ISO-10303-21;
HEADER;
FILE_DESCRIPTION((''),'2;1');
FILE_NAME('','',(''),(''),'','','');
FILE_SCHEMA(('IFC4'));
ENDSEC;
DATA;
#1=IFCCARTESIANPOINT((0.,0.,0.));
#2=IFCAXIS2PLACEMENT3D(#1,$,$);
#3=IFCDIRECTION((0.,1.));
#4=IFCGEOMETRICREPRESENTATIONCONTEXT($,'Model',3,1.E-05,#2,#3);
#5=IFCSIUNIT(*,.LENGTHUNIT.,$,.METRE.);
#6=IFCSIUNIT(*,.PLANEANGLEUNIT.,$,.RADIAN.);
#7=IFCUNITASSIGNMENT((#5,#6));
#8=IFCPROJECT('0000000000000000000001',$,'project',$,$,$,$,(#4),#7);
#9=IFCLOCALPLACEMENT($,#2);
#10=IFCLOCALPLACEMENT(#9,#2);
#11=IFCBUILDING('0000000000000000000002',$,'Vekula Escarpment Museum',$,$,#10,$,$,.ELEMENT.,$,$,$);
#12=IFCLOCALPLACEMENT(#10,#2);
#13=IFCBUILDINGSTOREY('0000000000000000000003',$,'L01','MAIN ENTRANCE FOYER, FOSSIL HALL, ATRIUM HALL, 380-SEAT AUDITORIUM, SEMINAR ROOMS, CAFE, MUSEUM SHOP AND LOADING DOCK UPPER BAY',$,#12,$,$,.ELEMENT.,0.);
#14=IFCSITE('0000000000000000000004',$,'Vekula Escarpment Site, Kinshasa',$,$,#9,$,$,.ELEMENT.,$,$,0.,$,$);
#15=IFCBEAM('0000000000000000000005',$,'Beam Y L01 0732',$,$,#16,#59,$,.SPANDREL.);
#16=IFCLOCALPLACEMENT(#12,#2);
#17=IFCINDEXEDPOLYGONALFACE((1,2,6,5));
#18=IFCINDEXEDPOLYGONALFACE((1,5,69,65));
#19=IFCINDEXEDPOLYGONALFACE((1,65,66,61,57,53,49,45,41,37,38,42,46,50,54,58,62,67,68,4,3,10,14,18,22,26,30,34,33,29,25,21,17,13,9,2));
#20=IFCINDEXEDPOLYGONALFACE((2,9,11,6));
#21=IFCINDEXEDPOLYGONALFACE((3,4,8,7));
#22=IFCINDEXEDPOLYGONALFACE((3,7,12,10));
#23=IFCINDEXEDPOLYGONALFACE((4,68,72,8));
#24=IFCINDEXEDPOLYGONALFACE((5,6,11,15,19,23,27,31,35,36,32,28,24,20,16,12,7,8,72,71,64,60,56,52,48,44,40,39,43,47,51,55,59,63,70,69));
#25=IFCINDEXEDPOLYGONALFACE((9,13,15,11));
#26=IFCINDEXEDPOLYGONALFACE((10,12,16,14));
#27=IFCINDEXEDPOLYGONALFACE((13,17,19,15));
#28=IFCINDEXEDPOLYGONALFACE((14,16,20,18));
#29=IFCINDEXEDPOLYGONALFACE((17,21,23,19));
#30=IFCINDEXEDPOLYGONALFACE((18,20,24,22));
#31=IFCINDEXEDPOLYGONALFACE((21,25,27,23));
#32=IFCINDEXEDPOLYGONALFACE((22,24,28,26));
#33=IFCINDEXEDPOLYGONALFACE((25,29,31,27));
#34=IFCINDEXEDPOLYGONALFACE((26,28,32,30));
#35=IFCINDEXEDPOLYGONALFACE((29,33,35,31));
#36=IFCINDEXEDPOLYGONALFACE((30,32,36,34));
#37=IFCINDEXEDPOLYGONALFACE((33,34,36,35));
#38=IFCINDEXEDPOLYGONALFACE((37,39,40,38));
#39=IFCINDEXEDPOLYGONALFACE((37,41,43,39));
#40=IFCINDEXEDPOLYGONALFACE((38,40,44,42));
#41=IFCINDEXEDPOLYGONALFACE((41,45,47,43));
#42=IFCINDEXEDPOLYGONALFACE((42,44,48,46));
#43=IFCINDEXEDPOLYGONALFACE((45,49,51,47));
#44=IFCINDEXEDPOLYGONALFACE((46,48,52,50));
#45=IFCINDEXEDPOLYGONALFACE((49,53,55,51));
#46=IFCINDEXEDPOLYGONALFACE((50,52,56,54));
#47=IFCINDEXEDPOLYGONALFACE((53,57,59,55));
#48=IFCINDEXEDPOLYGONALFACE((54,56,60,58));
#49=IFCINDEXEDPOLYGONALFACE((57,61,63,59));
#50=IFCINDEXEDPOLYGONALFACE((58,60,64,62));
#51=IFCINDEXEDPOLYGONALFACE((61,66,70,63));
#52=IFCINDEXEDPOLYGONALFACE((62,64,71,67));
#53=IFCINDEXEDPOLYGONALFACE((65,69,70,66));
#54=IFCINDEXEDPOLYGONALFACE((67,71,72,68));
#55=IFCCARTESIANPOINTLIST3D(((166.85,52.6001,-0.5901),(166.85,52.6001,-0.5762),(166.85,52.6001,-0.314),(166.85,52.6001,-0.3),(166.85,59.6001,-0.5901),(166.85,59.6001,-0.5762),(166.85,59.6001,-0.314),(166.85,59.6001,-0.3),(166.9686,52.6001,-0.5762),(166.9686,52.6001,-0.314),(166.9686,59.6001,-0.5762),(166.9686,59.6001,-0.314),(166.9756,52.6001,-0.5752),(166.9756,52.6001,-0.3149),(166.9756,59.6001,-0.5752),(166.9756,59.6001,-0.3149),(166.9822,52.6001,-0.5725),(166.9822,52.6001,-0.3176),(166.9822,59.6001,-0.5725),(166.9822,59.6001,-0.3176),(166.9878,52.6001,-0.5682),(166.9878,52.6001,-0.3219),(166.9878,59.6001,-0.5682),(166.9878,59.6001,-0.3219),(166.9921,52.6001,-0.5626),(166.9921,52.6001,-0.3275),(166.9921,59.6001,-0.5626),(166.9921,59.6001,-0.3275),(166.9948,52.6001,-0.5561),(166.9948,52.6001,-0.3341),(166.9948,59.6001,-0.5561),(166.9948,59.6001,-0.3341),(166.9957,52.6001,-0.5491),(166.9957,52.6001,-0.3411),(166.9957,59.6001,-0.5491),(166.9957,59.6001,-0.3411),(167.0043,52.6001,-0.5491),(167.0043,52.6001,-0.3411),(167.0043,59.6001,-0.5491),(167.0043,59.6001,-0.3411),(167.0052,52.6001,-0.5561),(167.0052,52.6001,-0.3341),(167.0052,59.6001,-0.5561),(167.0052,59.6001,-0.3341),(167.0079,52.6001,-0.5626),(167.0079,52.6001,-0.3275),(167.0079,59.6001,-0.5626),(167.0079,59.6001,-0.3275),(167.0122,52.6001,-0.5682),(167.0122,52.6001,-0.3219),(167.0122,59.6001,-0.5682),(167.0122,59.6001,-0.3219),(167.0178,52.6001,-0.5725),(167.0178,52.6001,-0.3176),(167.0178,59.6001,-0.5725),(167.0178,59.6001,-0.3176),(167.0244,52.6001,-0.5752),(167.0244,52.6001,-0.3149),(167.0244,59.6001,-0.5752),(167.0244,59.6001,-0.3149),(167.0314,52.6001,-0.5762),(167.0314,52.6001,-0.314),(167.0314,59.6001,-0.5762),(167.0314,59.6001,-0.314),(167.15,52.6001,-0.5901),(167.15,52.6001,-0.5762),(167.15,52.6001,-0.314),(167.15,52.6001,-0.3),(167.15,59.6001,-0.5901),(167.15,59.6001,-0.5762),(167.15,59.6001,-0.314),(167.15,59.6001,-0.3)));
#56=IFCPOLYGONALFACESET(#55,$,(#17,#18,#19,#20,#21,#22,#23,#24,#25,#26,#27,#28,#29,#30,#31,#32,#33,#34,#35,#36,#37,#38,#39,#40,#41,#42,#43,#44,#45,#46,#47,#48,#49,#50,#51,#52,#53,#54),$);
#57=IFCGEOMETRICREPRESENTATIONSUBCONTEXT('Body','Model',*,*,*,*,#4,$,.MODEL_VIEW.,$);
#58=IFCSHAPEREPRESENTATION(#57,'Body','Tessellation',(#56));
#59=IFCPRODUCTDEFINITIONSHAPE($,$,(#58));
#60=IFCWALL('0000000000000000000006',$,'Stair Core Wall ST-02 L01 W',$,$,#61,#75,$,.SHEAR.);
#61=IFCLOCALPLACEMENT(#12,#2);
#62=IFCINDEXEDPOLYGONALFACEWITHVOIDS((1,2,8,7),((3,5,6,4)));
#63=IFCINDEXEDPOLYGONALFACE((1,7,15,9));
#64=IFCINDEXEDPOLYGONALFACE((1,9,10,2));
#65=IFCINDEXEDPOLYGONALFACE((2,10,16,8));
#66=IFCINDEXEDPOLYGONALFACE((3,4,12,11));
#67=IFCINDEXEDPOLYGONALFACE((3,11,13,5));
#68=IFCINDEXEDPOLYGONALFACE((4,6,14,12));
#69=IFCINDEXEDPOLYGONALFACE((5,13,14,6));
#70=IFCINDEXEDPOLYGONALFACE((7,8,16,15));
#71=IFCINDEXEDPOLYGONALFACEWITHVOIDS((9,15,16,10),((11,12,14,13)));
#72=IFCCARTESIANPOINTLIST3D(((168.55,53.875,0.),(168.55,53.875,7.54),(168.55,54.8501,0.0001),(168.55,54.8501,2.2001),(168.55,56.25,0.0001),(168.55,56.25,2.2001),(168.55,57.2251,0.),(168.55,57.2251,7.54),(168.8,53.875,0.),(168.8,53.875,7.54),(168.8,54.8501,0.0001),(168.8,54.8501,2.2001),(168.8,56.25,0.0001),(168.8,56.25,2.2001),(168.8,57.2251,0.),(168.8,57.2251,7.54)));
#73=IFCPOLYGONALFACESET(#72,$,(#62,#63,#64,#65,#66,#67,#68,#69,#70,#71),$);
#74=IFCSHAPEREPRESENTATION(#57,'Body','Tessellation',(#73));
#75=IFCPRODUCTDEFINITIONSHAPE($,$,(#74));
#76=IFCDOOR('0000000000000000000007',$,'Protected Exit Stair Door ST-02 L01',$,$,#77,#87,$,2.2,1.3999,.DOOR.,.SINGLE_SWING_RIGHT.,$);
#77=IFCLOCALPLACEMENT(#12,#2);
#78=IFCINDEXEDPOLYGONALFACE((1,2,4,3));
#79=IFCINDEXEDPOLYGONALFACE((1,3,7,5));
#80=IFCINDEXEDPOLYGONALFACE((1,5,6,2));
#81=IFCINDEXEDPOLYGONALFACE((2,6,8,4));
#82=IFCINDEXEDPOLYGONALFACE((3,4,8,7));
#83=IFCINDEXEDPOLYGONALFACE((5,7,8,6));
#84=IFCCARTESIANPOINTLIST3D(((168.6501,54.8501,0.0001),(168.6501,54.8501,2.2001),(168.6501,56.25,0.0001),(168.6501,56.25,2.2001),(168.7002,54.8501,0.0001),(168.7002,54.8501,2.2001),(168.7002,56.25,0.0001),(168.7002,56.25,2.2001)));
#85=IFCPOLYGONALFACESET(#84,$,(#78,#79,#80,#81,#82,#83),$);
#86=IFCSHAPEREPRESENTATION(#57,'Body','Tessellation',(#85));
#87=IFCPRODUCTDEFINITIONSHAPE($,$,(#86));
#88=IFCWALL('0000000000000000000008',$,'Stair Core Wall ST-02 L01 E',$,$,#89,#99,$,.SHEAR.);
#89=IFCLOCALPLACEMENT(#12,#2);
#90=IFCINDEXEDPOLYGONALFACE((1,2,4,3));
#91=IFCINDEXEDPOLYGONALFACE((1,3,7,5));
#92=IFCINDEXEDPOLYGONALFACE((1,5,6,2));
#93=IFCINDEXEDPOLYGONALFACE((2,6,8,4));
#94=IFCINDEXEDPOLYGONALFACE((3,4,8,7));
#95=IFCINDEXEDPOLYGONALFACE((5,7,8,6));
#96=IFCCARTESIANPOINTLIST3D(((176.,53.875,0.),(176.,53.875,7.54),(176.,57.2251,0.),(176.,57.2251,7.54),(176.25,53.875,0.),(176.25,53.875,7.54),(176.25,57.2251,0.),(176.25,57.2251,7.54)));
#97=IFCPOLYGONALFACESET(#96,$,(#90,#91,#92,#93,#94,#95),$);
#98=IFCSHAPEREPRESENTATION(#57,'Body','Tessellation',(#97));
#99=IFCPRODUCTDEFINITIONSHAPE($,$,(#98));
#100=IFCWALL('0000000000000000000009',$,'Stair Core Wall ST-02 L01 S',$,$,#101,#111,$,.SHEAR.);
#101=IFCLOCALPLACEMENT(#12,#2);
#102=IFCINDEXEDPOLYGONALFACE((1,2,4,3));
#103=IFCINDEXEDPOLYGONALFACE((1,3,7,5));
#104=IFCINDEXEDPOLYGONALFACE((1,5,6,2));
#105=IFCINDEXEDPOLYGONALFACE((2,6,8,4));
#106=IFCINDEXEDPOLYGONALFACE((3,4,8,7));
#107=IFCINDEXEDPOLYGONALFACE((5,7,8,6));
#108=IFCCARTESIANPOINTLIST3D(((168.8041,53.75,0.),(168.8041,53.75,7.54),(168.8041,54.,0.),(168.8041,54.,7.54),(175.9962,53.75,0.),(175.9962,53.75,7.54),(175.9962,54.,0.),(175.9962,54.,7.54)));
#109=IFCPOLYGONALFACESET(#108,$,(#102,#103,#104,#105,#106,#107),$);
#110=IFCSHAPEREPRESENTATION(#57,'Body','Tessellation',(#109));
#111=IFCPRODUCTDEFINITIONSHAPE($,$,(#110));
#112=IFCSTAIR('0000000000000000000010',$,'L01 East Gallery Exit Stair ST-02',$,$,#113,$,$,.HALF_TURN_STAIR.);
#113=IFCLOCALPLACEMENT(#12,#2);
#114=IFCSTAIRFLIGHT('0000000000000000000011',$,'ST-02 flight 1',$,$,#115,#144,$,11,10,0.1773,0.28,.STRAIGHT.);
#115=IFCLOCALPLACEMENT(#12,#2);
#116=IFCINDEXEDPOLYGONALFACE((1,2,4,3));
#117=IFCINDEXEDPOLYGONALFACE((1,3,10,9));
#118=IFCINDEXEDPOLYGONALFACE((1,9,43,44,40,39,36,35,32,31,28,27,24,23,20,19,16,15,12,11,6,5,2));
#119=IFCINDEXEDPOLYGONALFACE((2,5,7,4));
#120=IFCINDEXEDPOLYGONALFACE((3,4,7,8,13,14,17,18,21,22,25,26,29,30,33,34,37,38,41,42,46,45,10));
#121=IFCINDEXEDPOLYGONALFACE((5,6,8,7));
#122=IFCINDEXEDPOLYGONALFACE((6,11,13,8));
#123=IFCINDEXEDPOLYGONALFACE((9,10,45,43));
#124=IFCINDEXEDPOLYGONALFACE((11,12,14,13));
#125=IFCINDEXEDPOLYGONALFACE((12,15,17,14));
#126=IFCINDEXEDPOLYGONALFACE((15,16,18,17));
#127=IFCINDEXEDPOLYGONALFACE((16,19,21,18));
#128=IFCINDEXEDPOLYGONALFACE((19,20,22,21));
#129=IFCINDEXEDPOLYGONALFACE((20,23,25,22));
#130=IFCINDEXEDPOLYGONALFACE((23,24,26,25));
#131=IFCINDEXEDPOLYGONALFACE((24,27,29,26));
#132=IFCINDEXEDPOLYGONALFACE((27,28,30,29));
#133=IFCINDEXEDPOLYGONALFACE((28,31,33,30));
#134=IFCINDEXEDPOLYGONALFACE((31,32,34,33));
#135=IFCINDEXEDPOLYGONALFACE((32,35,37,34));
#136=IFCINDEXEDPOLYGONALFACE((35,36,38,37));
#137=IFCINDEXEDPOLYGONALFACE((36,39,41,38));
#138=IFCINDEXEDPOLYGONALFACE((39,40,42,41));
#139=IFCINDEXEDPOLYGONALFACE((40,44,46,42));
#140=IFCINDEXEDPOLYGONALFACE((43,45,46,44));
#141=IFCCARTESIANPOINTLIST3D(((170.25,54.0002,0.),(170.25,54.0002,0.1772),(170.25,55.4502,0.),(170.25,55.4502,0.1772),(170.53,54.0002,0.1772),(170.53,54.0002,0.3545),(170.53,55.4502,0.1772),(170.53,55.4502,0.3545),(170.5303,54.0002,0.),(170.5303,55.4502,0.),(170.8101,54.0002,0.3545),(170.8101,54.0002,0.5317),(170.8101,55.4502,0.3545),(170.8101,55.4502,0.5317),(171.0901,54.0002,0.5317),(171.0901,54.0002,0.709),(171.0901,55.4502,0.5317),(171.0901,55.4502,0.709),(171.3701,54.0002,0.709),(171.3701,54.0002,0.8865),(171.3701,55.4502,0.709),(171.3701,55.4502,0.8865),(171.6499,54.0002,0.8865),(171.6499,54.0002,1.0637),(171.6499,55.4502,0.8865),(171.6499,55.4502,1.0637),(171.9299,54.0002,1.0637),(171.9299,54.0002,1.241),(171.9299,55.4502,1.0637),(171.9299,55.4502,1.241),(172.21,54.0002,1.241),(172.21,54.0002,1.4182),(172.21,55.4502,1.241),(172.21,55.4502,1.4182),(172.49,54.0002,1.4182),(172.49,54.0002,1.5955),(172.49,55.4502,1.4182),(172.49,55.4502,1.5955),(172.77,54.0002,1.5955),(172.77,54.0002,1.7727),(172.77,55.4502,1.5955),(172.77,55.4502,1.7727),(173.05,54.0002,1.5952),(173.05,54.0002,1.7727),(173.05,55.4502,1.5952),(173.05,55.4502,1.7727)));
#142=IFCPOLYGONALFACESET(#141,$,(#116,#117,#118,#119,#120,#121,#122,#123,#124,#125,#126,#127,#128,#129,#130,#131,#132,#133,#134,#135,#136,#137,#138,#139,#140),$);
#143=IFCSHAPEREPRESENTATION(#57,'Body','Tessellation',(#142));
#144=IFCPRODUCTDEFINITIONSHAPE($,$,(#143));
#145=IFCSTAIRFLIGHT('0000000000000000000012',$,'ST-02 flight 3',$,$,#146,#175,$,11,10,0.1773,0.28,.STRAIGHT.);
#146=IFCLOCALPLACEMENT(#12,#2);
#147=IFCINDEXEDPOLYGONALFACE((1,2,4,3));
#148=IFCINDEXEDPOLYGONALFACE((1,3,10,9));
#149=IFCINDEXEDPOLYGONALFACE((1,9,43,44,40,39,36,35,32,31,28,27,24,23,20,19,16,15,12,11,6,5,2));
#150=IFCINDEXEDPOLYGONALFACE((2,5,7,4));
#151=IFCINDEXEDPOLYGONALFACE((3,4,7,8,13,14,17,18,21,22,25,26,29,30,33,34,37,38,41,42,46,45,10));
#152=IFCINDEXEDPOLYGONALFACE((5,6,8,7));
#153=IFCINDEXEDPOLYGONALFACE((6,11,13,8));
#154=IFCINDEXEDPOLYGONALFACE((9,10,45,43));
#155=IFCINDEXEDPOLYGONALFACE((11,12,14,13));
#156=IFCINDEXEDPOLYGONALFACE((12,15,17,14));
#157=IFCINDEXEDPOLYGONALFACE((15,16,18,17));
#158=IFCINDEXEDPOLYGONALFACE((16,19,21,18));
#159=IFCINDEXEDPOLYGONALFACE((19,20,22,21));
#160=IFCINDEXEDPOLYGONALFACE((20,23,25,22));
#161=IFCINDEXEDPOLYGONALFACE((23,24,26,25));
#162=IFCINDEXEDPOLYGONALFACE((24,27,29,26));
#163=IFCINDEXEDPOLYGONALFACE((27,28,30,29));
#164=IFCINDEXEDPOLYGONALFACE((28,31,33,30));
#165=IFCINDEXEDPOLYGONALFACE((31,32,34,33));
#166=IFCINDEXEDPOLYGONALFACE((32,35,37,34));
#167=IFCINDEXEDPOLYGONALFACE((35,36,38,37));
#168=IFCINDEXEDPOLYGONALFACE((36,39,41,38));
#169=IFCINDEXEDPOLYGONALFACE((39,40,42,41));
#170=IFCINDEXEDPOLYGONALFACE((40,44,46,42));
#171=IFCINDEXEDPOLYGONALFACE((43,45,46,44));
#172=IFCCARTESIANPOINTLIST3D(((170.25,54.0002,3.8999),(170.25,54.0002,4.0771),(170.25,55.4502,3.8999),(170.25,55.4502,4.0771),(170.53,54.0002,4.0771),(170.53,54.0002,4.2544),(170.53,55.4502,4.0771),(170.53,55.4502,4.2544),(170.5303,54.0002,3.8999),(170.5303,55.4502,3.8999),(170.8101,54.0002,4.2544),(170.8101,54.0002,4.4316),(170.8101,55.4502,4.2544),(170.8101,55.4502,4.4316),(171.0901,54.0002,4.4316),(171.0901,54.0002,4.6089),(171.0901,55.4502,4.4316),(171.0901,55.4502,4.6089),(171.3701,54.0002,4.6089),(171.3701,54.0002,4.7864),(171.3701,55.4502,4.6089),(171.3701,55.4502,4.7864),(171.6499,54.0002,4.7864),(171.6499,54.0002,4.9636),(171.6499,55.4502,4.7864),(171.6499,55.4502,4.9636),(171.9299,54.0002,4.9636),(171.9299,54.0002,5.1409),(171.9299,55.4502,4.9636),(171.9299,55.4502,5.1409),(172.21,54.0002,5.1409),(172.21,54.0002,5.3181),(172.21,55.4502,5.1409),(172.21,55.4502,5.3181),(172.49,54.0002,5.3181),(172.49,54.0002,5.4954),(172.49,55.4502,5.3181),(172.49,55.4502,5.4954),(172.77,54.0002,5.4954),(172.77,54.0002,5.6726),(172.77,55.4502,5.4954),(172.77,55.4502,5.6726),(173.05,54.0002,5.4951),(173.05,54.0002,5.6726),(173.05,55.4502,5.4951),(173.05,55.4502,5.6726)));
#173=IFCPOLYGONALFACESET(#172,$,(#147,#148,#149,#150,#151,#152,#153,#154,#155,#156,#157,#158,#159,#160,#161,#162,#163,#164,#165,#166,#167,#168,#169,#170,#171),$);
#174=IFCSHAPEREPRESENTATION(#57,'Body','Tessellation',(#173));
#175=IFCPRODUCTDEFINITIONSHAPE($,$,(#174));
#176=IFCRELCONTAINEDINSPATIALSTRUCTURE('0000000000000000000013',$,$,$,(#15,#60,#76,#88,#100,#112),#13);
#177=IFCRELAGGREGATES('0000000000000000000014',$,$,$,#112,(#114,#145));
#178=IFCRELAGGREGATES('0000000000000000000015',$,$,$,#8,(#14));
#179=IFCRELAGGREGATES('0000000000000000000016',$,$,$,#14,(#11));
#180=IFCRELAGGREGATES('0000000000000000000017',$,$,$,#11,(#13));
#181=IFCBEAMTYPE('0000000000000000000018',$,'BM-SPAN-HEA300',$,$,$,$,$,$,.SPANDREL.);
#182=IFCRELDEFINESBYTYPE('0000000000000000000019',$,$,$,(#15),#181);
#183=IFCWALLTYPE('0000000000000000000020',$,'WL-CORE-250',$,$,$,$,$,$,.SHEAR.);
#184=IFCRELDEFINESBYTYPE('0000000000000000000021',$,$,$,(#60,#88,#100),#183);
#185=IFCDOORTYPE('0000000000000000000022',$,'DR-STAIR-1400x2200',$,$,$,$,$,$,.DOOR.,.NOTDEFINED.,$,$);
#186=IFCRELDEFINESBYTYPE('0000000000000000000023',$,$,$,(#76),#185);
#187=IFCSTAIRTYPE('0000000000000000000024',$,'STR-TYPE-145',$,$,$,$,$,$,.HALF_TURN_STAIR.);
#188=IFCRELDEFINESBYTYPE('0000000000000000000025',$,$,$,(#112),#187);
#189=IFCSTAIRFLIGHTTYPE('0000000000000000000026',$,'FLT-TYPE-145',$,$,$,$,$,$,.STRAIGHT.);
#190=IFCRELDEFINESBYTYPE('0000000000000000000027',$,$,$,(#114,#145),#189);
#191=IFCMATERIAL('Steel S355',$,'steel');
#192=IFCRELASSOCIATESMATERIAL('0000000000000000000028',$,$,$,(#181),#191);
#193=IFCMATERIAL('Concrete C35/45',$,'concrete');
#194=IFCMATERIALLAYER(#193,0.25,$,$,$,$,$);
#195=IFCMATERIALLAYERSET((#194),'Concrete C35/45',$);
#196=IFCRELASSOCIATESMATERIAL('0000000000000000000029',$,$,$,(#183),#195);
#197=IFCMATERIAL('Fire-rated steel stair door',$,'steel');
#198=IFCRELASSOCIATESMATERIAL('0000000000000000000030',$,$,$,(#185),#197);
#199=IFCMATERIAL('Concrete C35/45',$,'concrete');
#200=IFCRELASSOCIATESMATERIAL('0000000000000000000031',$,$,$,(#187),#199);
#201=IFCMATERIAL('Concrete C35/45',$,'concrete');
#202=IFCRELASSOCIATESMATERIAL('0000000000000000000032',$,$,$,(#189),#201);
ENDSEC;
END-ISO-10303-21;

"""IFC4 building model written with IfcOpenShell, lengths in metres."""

from ifc_helpers import new_model, si_unit, direction, frame, frame_2d, origin, origin_2d, place, context, subcontext, project, spatial, polyline, rectangle, i_section, outline, extrude, material, layer, layer_set, material_profile, profile_set, type_object, element, fill, aggregate, save


model = new_model("IFC4")

# Units and contexts
model_context = context("Model", 3, precision=1e-05, world=origin(), true_north=direction((0.0, 1.0)))
body_context = subcontext(model_context, "Body", "Model", "MODEL_VIEW")
ifc_project = project(units=[si_unit("LENGTHUNIT", "METRE"), si_unit("PLANEANGLEUNIT", "RADIAN")], contexts=[model_context])

# Site, building, storey
site_placement = place(None, origin())
site = spatial("IfcSite", under=ifc_project, at=site_placement, Name="Vekula Escarpment Site, Kinshasa", CompositionType="ELEMENT", RefElevation=0.0)
building_placement = place(site_placement, origin())
building = spatial("IfcBuilding", under=site, at=building_placement, Name="Vekula Escarpment Museum", CompositionType="ELEMENT")
storey_placement = place(building_placement, origin())
storey = spatial("IfcBuildingStorey", under=building, at=storey_placement, Name="L01", Description="MAIN ENTRANCE FOYER, FOSSIL HALL, ATRIUM HALL, 380-SEAT AUDITORIUM, SEMINAR ROOMS, CAFE, MUSEUM SHOP AND LOADING DOCK UPPER BAY", CompositionType="ELEMENT", Elevation=0.0)

# Beam
ifc_material_1 = material(Name="Steel S355", Category="steel")
ifc_material_profile_1 = material_profile(ifc_material_1, i_section(OverallWidth=0.3, OverallDepth=0.29, WebThickness=0.0085, FlangeThickness=0.0139, FilletRadius=0.0271, at=origin_2d()), Name="HEA 300")
ifc_profile_set_1 = profile_set([ifc_material_profile_1], Name="Steel S355")
beam_type_1 = type_object("IfcBeamType", Name="BM-SPAN-HEA300", PredefinedType="SPANDREL", material=ifc_profile_set_1)
beam_1_placement = place(storey_placement, frame((167.0, 52.6001, -0.4451), z_axis=(0.0, 1.0, 0.0), x_axis=(-1.0, 0.0, 0.0)))
element("IfcBeam", 1, at=beam_1_placement, inside=storey, type_object=beam_type_1, Name="Beam Y L01 0732", PredefinedType="SPANDREL", context=body_context, shape_type="SweptSolid", body=[
    extrude(i_section(OverallWidth=0.3, OverallDepth=0.29, WebThickness=0.0085, FlangeThickness=0.0139, FilletRadius=0.0271, at=origin_2d()), origin(), (0.0, 0.0, 1.0), 7.0),
])

# Wall, opening, door
ifc_material_2 = material(Name="Concrete C35/45", Category="concrete")
ifc_layer_1 = layer(ifc_material_2, 0.25)
ifc_layer_set_1 = layer_set([ifc_layer_1], Name="Concrete C35/45")
wall_type_1 = type_object("IfcWallType", Name="WL-CORE-250", PredefinedType="SHEAR", material=ifc_layer_set_1)
wall_1_placement = place(storey_placement, frame((168.675, 53.875, 0.0), z_axis=(0.0, 0.0, 1.0), x_axis=(0.0, 1.0, 0.0)))
wall_1 = element("IfcWall", 2, at=wall_1_placement, inside=storey, type_object=wall_type_1, Name="Stair Core Wall ST-02 L01 W", PredefinedType="SHEAR", context=body_context, shape_type="SweptSolid", body=[
    extrude(rectangle(XDim=3.3501, YDim=0.25, at=frame_2d((1.675, 0.0))), origin(), (0.0, 0.0, 1.0), 7.54),
])
opening_1_placement = place(wall_1_placement, frame((0.9751, 0.0, 0.0)))
opening_1 = element("IfcOpeningElement", 3, at=opening_1_placement, cuts=wall_1, PredefinedType="OPENING", context=body_context, shape_type="SweptSolid", body=[
    extrude(rectangle(XDim=1.3999, YDim=2.2, at=frame_2d((0.7, 1.1001))), frame((0.0, 0.135, 0.0), z_axis=(0.0, -1.0, 0.0), x_axis=(1.0, 0.0, 0.0)), (0.0, 0.0, 1.0), 0.27),
])
ifc_material_3 = material(Name="Fire-rated steel stair door", Category="steel")
door_type_1 = type_object("IfcDoorType", Name="DR-STAIR-1400x2200", OperationType="NOTDEFINED", PredefinedType="DOOR", material=ifc_material_3)
door_1_placement = place(opening_1_placement, origin())
door_1 = element("IfcDoor", 4, at=door_1_placement, inside=storey, type_object=door_type_1, Name="Protected Exit Stair Door ST-02 L01", OperationType="SINGLE_SWING_RIGHT", OverallHeight=2.2, OverallWidth=1.3999, PredefinedType="DOOR", context=body_context, shape_type="SweptSolid", body=[
    extrude(rectangle(XDim=1.3999, YDim=2.2, at=frame_2d((0.7, 1.1001))), frame((0.0, 0.0249, 0.0), z_axis=(0.0, -1.0, 0.0), x_axis=(1.0, 0.0, 0.0)), (0.0, 0.0, 1.0), 0.05),
])
fill(opening_1, door_1)

# Walls
wall_2_placement = place(storey_placement, frame((176.125, 53.875, 0.0), z_axis=(0.0, 0.0, 1.0), x_axis=(0.0, 1.0, 0.0)))
element("IfcWall", 5, at=wall_2_placement, inside=storey, type_object=wall_type_1, Name="Stair Core Wall ST-02 L01 E", PredefinedType="SHEAR", context=body_context, shape_type="SweptSolid", body=[
    extrude(rectangle(XDim=3.3501, YDim=0.25, at=frame_2d((1.675, 0.0))), origin(), (0.0, 0.0, 1.0), 7.54),
])
wall_3_placement = place(storey_placement, frame((168.804, 53.875, 0.0), z_axis=(0.0, 0.0, 1.0), x_axis=(1.0, 0.0, 0.0)))
element("IfcWall", 6, at=wall_3_placement, inside=storey, type_object=wall_type_1, Name="Stair Core Wall ST-02 L01 S", PredefinedType="SHEAR", context=body_context, shape_type="SweptSolid", body=[
    extrude(rectangle(XDim=7.1921, YDim=0.25, at=frame_2d((3.5962, 0.0))), origin(), (0.0, 0.0, 1.0), 7.54),
])

# Stair, stair flights
ifc_material_4 = material(Name="Concrete C35/45", Category="concrete")
stair_type = type_object("IfcStairType", Name="STR-TYPE-145", PredefinedType="HALF_TURN_STAIR", material=ifc_material_4)
stair_placement = place(storey_placement, origin())
stair = element("IfcStair", 7, at=stair_placement, inside=storey, type_object=stair_type, Name="L01 East Gallery Exit Stair ST-02", PredefinedType="HALF_TURN_STAIR")
ifc_material_5 = material(Name="Concrete C35/45", Category="concrete")
stair_flight_type = type_object("IfcStairFlightType", Name="FLT-TYPE-145", PredefinedType="STRAIGHT", material=ifc_material_5)
stair_flight_1_placement = place(storey_placement, frame((170.25, 54.7251, 0.0), z_axis=(0.0, 0.0, 1.0), x_axis=(1.0, 0.0, 0.0)))
stair_flight_1 = element("IfcStairFlight", 8, at=stair_flight_1_placement, type_object=stair_flight_type, Name="ST-02 flight 1", NumberOfRisers=11, NumberOfTreads=10, PredefinedType="STRAIGHT", RiserHeight=0.1773, TreadLength=0.28, context=body_context, shape_type="SweptSolid", body=[
    extrude(outline(polyline([(0.0, 0.0), (0.0, 0.1772), (0.28, 0.1772), (0.28, 0.3545), (0.5601, 0.3545), (0.5601, 0.5317), (0.8401, 0.5317), (0.8401, 0.709), (1.1201, 0.709), (1.1201, 0.8865), (1.3999, 0.8865), (1.3999, 1.0637), (1.6799, 1.0637), (1.6799, 1.241), (1.96, 1.241), (1.96, 1.4182), (2.24, 1.4182), (2.24, 1.5955), (2.52, 1.5955), (2.52, 1.7727), (2.8, 1.7727), (2.8, 1.95), (2.8, 1.5952), (0.2803, 0.0), (0.0, 0.0)])), frame((0.0, 0.7251, 0.0), z_axis=(0.0, -1.0, 0.0), x_axis=(1.0, 0.0, 0.0)), (0.0, 0.0, 1.0), 1.45),
])
stair_flight_2_placement = place(storey_placement, frame((170.25, 54.7251, 3.8999), z_axis=(0.0, 0.0, 1.0), x_axis=(1.0, 0.0, 0.0)))
stair_flight_2 = element("IfcStairFlight", 9, at=stair_flight_2_placement, type_object=stair_flight_type, Name="ST-02 flight 3", NumberOfRisers=11, NumberOfTreads=10, PredefinedType="STRAIGHT", RiserHeight=0.1773, TreadLength=0.28, context=body_context, shape_type="SweptSolid", body=[
    extrude(outline(polyline([(0.0, 0.0), (0.0, 0.1772), (0.28, 0.1772), (0.28, 0.3545), (0.5601, 0.3545), (0.5601, 0.5317), (0.8401, 0.5317), (0.8401, 0.709), (1.1201, 0.709), (1.1201, 0.8865), (1.3999, 0.8865), (1.3999, 1.0637), (1.6799, 1.0637), (1.6799, 1.241), (1.96, 1.241), (1.96, 1.4182), (2.24, 1.4182), (2.24, 1.5955), (2.52, 1.5955), (2.52, 1.7727), (2.8, 1.7727), (2.8, 1.95), (2.8, 1.5952), (0.2803, 0.0), (0.0, 0.0)])), frame((0.0, 0.7251, 0.0), z_axis=(0.0, -1.0, 0.0), x_axis=(1.0, 0.0, 0.0)), (0.0, 0.0, 1.0), 1.45),
])
aggregate(stair, [stair_flight_1, stair_flight_2])

save(model, "model.ifc")
